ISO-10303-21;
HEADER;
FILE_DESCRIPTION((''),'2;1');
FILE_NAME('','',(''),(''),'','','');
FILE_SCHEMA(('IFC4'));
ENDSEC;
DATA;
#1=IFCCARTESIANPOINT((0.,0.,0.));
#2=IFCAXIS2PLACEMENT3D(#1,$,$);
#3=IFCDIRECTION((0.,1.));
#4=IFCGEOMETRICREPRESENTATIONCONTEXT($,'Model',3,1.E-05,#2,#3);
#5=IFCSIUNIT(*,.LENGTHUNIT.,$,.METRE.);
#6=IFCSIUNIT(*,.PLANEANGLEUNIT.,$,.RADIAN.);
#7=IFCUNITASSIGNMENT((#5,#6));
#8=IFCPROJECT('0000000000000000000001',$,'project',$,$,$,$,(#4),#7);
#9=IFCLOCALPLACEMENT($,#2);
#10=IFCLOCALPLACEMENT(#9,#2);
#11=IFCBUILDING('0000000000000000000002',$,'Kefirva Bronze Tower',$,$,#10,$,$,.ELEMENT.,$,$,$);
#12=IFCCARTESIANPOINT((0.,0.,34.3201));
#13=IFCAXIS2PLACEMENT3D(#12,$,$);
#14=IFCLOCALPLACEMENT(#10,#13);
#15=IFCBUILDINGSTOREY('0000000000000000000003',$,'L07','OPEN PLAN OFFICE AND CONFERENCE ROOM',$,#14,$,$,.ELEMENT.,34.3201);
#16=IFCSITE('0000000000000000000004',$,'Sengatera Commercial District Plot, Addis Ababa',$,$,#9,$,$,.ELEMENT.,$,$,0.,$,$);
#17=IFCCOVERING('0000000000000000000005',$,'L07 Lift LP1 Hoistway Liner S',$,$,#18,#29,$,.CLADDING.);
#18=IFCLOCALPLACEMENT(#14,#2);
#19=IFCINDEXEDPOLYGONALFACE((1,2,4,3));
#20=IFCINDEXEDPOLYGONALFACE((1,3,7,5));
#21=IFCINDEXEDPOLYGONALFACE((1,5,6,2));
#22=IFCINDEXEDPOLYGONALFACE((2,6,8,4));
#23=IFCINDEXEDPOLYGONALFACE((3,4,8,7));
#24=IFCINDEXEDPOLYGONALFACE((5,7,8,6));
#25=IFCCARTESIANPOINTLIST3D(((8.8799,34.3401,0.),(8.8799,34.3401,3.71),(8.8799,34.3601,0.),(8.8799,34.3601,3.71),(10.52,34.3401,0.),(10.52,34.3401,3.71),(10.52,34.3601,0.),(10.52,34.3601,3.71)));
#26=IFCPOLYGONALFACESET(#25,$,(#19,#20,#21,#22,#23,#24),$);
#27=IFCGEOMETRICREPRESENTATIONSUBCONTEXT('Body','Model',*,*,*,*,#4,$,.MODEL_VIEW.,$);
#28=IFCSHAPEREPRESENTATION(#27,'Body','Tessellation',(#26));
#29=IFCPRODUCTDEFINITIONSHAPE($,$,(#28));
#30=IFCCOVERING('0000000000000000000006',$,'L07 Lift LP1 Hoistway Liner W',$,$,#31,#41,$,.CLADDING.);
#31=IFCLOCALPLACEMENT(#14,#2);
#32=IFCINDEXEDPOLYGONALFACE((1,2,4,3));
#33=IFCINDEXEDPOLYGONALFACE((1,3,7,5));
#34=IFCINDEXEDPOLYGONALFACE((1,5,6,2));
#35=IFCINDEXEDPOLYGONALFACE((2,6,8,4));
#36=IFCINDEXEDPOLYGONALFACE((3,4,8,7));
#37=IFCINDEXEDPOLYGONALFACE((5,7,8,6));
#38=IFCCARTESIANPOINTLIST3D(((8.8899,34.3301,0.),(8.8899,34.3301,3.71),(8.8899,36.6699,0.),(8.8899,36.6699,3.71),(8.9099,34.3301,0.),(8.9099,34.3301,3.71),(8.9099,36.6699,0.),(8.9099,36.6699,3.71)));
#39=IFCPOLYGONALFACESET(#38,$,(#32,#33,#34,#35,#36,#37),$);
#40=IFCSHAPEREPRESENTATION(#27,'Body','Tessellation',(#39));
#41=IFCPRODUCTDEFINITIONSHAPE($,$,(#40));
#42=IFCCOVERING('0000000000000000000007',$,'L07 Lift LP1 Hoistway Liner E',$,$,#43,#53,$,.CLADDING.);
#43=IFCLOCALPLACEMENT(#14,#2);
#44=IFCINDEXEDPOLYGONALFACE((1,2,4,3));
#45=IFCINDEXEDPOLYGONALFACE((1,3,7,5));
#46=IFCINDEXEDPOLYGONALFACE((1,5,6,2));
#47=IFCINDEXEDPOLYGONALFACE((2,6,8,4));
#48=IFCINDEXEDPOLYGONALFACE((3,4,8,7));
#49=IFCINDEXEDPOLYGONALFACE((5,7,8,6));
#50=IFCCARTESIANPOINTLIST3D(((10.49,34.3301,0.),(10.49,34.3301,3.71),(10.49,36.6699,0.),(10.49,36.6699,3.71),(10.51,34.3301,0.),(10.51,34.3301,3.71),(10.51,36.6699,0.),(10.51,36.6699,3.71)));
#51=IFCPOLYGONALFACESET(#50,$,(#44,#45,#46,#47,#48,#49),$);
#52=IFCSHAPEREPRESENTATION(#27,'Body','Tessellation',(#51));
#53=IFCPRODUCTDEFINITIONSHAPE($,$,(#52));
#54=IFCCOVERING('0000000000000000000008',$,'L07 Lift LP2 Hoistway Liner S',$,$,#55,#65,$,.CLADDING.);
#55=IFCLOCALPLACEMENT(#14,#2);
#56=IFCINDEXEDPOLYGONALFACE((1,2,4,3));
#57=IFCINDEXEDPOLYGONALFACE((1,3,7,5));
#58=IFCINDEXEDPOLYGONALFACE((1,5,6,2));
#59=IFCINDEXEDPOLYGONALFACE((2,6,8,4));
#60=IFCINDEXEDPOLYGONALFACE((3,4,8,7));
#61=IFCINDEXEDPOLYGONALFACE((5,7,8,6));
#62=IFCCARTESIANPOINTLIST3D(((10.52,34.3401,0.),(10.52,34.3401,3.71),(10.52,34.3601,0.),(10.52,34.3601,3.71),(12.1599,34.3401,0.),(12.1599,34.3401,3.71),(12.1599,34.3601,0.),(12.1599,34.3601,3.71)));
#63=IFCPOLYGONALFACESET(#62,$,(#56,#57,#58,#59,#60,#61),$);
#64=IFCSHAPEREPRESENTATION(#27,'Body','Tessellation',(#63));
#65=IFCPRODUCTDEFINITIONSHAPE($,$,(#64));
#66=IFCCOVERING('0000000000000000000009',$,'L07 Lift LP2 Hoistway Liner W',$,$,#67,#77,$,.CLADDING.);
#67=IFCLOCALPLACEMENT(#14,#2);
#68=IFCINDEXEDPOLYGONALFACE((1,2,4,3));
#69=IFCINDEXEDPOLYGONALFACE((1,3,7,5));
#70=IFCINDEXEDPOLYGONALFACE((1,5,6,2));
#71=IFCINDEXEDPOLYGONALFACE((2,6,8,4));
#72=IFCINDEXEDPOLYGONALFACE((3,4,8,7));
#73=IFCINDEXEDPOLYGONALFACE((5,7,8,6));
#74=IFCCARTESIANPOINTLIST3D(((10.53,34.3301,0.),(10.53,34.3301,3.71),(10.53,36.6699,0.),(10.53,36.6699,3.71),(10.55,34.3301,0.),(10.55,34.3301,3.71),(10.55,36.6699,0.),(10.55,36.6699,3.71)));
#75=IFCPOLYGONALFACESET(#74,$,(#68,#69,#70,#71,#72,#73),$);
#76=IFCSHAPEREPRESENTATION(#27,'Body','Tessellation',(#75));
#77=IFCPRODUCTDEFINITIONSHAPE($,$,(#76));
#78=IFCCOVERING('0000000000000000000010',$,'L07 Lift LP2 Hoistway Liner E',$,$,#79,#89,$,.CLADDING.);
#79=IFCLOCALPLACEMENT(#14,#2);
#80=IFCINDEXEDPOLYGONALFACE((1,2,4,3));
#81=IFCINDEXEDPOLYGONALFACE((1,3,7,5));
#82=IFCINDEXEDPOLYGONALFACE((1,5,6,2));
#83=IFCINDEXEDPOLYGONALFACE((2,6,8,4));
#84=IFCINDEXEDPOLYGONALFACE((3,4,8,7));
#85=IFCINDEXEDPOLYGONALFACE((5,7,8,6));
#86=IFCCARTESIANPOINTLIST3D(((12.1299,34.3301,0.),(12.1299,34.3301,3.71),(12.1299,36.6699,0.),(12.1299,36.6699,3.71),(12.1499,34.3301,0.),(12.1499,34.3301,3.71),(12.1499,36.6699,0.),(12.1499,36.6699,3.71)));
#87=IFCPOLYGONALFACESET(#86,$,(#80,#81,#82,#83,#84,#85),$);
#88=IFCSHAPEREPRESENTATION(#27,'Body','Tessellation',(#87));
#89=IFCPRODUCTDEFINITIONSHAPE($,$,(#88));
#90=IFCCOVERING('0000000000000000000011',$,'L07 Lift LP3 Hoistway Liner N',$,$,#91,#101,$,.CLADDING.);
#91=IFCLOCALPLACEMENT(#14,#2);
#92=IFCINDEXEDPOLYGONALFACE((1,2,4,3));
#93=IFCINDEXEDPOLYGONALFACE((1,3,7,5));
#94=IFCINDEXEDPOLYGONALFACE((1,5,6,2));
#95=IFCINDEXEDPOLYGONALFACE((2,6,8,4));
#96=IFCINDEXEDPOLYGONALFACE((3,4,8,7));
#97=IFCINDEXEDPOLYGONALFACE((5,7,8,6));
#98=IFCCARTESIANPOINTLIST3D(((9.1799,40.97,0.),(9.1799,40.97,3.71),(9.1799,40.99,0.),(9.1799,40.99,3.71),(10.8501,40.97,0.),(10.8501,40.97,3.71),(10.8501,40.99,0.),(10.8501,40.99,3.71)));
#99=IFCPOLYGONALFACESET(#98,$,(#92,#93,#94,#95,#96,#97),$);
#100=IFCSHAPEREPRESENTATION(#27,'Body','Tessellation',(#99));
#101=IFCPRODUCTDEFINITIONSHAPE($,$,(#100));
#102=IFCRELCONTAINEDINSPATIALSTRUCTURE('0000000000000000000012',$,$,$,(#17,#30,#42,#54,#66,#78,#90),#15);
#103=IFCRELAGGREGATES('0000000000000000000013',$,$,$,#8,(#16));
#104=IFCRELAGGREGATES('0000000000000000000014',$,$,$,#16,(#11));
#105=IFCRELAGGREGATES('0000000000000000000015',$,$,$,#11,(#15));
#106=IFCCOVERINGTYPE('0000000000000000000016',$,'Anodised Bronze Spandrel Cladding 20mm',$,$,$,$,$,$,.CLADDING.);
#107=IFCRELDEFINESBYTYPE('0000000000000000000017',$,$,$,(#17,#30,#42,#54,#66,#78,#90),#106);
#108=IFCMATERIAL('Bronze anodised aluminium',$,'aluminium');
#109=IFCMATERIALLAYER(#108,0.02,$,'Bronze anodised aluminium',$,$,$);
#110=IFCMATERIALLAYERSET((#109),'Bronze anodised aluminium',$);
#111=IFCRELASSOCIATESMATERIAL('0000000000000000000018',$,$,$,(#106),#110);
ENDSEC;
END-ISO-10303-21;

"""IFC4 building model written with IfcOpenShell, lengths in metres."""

from ifc_helpers import new_model, si_unit, direction, frame, origin, place, context, subcontext, project, spatial, polyline, outline, extrude, material, layer, layer_set, type_object, element, save


model = new_model("IFC4")

# Units and contexts
model_context = context("Model", 3, precision=1e-05, world=origin(), true_north=direction((0.0, 1.0)))
body_context = subcontext(model_context, "Body", "Model", "MODEL_VIEW")
ifc_project = project(units=[si_unit("LENGTHUNIT", "METRE"), si_unit("PLANEANGLEUNIT", "RADIAN")], contexts=[model_context])

# Site, building, storey
site_placement = place(None, origin())
site = spatial("IfcSite", under=ifc_project, at=site_placement, Name="Sengatera Commercial District Plot, Addis Ababa", CompositionType="ELEMENT", RefElevation=0.0)
building_placement = place(site_placement, origin())
building = spatial("IfcBuilding", under=site, at=building_placement, Name="Kefirva Bronze Tower", CompositionType="ELEMENT")
storey_placement = place(building_placement, frame((0.0, 0.0, 34.3201)))
storey = spatial("IfcBuildingStorey", under=building, at=storey_placement, Name="L07", Description="OPEN PLAN OFFICE AND CONFERENCE ROOM", CompositionType="ELEMENT", Elevation=34.3201)

# Coverings
ifc_material_1 = material(Name="Bronze anodised aluminium", Category="aluminium")
ifc_layer_1 = layer(ifc_material_1, 0.02, Name="Bronze anodised aluminium")
ifc_layer_set_1 = layer_set([ifc_layer_1], Name="Bronze anodised aluminium")
covering_type = type_object("IfcCoveringType", Name="Anodised Bronze Spandrel Cladding 20mm", PredefinedType="CLADDING", material=ifc_layer_set_1)
covering_1_placement = place(storey_placement, origin())
element("IfcCovering", 1, at=covering_1_placement, inside=storey, type_object=covering_type, Name="L07 Lift LP1 Hoistway Liner S", PredefinedType="CLADDING", context=body_context, shape_type="SweptSolid", body=[
    extrude(outline(polyline([(8.8799, 34.3401), (10.52, 34.3401), (10.52, 34.3601), (8.8799, 34.3601), (8.8799, 34.3401)])), origin(), (0.0, 0.0, 1.0), 3.71),
])
covering_2_placement = place(storey_placement, origin())
element("IfcCovering", 2, at=covering_2_placement, inside=storey, type_object=covering_type, Name="L07 Lift LP1 Hoistway Liner W", PredefinedType="CLADDING", context=body_context, shape_type="SweptSolid", body=[
    extrude(outline(polyline([(8.8899, 34.3301), (8.9099, 34.3301), (8.9099, 36.6699), (8.8899, 36.6699), (8.8899, 34.3301)])), origin(), (0.0, 0.0, 1.0), 3.71),
])
covering_3_placement = place(storey_placement, origin())
element("IfcCovering", 3, at=covering_3_placement, inside=storey, type_object=covering_type, Name="L07 Lift LP1 Hoistway Liner E", PredefinedType="CLADDING", context=body_context, shape_type="SweptSolid", body=[
    extrude(outline(polyline([(10.49, 34.3301), (10.51, 34.3301), (10.51, 36.6699), (10.49, 36.6699), (10.49, 34.3301)])), origin(), (0.0, 0.0, 1.0), 3.71),
])
covering_4_placement = place(storey_placement, origin())
element("IfcCovering", 4, at=covering_4_placement, inside=storey, type_object=covering_type, Name="L07 Lift LP2 Hoistway Liner S", PredefinedType="CLADDING", context=body_context, shape_type="SweptSolid", body=[
    extrude(outline(polyline([(10.52, 34.3401), (12.1599, 34.3401), (12.1599, 34.3601), (10.52, 34.3601), (10.52, 34.3401)])), origin(), (0.0, 0.0, 1.0), 3.71),
])
covering_5_placement = place(storey_placement, origin())
element("IfcCovering", 5, at=covering_5_placement, inside=storey, type_object=covering_type, Name="L07 Lift LP2 Hoistway Liner W", PredefinedType="CLADDING", context=body_context, shape_type="SweptSolid", body=[
    extrude(outline(polyline([(10.53, 34.3301), (10.55, 34.3301), (10.55, 36.6699), (10.53, 36.6699), (10.53, 34.3301)])), origin(), (0.0, 0.0, 1.0), 3.71),
])
covering_6_placement = place(storey_placement, origin())
element("IfcCovering", 6, at=covering_6_placement, inside=storey, type_object=covering_type, Name="L07 Lift LP2 Hoistway Liner E", PredefinedType="CLADDING", context=body_context, shape_type="SweptSolid", body=[
    extrude(outline(polyline([(12.1299, 34.3301), (12.1499, 34.3301), (12.1499, 36.6699), (12.1299, 36.6699), (12.1299, 34.3301)])), origin(), (0.0, 0.0, 1.0), 3.71),
])
covering_7_placement = place(storey_placement, origin())
element("IfcCovering", 7, at=covering_7_placement, inside=storey, type_object=covering_type, Name="L07 Lift LP3 Hoistway Liner N", PredefinedType="CLADDING", context=body_context, shape_type="SweptSolid", body=[
    extrude(outline(polyline([(9.1799, 40.97), (10.8501, 40.97), (10.8501, 40.99), (9.1799, 40.99), (9.1799, 40.97)])), origin(), (0.0, 0.0, 1.0), 3.71),
])

save(model, "model.ifc")
